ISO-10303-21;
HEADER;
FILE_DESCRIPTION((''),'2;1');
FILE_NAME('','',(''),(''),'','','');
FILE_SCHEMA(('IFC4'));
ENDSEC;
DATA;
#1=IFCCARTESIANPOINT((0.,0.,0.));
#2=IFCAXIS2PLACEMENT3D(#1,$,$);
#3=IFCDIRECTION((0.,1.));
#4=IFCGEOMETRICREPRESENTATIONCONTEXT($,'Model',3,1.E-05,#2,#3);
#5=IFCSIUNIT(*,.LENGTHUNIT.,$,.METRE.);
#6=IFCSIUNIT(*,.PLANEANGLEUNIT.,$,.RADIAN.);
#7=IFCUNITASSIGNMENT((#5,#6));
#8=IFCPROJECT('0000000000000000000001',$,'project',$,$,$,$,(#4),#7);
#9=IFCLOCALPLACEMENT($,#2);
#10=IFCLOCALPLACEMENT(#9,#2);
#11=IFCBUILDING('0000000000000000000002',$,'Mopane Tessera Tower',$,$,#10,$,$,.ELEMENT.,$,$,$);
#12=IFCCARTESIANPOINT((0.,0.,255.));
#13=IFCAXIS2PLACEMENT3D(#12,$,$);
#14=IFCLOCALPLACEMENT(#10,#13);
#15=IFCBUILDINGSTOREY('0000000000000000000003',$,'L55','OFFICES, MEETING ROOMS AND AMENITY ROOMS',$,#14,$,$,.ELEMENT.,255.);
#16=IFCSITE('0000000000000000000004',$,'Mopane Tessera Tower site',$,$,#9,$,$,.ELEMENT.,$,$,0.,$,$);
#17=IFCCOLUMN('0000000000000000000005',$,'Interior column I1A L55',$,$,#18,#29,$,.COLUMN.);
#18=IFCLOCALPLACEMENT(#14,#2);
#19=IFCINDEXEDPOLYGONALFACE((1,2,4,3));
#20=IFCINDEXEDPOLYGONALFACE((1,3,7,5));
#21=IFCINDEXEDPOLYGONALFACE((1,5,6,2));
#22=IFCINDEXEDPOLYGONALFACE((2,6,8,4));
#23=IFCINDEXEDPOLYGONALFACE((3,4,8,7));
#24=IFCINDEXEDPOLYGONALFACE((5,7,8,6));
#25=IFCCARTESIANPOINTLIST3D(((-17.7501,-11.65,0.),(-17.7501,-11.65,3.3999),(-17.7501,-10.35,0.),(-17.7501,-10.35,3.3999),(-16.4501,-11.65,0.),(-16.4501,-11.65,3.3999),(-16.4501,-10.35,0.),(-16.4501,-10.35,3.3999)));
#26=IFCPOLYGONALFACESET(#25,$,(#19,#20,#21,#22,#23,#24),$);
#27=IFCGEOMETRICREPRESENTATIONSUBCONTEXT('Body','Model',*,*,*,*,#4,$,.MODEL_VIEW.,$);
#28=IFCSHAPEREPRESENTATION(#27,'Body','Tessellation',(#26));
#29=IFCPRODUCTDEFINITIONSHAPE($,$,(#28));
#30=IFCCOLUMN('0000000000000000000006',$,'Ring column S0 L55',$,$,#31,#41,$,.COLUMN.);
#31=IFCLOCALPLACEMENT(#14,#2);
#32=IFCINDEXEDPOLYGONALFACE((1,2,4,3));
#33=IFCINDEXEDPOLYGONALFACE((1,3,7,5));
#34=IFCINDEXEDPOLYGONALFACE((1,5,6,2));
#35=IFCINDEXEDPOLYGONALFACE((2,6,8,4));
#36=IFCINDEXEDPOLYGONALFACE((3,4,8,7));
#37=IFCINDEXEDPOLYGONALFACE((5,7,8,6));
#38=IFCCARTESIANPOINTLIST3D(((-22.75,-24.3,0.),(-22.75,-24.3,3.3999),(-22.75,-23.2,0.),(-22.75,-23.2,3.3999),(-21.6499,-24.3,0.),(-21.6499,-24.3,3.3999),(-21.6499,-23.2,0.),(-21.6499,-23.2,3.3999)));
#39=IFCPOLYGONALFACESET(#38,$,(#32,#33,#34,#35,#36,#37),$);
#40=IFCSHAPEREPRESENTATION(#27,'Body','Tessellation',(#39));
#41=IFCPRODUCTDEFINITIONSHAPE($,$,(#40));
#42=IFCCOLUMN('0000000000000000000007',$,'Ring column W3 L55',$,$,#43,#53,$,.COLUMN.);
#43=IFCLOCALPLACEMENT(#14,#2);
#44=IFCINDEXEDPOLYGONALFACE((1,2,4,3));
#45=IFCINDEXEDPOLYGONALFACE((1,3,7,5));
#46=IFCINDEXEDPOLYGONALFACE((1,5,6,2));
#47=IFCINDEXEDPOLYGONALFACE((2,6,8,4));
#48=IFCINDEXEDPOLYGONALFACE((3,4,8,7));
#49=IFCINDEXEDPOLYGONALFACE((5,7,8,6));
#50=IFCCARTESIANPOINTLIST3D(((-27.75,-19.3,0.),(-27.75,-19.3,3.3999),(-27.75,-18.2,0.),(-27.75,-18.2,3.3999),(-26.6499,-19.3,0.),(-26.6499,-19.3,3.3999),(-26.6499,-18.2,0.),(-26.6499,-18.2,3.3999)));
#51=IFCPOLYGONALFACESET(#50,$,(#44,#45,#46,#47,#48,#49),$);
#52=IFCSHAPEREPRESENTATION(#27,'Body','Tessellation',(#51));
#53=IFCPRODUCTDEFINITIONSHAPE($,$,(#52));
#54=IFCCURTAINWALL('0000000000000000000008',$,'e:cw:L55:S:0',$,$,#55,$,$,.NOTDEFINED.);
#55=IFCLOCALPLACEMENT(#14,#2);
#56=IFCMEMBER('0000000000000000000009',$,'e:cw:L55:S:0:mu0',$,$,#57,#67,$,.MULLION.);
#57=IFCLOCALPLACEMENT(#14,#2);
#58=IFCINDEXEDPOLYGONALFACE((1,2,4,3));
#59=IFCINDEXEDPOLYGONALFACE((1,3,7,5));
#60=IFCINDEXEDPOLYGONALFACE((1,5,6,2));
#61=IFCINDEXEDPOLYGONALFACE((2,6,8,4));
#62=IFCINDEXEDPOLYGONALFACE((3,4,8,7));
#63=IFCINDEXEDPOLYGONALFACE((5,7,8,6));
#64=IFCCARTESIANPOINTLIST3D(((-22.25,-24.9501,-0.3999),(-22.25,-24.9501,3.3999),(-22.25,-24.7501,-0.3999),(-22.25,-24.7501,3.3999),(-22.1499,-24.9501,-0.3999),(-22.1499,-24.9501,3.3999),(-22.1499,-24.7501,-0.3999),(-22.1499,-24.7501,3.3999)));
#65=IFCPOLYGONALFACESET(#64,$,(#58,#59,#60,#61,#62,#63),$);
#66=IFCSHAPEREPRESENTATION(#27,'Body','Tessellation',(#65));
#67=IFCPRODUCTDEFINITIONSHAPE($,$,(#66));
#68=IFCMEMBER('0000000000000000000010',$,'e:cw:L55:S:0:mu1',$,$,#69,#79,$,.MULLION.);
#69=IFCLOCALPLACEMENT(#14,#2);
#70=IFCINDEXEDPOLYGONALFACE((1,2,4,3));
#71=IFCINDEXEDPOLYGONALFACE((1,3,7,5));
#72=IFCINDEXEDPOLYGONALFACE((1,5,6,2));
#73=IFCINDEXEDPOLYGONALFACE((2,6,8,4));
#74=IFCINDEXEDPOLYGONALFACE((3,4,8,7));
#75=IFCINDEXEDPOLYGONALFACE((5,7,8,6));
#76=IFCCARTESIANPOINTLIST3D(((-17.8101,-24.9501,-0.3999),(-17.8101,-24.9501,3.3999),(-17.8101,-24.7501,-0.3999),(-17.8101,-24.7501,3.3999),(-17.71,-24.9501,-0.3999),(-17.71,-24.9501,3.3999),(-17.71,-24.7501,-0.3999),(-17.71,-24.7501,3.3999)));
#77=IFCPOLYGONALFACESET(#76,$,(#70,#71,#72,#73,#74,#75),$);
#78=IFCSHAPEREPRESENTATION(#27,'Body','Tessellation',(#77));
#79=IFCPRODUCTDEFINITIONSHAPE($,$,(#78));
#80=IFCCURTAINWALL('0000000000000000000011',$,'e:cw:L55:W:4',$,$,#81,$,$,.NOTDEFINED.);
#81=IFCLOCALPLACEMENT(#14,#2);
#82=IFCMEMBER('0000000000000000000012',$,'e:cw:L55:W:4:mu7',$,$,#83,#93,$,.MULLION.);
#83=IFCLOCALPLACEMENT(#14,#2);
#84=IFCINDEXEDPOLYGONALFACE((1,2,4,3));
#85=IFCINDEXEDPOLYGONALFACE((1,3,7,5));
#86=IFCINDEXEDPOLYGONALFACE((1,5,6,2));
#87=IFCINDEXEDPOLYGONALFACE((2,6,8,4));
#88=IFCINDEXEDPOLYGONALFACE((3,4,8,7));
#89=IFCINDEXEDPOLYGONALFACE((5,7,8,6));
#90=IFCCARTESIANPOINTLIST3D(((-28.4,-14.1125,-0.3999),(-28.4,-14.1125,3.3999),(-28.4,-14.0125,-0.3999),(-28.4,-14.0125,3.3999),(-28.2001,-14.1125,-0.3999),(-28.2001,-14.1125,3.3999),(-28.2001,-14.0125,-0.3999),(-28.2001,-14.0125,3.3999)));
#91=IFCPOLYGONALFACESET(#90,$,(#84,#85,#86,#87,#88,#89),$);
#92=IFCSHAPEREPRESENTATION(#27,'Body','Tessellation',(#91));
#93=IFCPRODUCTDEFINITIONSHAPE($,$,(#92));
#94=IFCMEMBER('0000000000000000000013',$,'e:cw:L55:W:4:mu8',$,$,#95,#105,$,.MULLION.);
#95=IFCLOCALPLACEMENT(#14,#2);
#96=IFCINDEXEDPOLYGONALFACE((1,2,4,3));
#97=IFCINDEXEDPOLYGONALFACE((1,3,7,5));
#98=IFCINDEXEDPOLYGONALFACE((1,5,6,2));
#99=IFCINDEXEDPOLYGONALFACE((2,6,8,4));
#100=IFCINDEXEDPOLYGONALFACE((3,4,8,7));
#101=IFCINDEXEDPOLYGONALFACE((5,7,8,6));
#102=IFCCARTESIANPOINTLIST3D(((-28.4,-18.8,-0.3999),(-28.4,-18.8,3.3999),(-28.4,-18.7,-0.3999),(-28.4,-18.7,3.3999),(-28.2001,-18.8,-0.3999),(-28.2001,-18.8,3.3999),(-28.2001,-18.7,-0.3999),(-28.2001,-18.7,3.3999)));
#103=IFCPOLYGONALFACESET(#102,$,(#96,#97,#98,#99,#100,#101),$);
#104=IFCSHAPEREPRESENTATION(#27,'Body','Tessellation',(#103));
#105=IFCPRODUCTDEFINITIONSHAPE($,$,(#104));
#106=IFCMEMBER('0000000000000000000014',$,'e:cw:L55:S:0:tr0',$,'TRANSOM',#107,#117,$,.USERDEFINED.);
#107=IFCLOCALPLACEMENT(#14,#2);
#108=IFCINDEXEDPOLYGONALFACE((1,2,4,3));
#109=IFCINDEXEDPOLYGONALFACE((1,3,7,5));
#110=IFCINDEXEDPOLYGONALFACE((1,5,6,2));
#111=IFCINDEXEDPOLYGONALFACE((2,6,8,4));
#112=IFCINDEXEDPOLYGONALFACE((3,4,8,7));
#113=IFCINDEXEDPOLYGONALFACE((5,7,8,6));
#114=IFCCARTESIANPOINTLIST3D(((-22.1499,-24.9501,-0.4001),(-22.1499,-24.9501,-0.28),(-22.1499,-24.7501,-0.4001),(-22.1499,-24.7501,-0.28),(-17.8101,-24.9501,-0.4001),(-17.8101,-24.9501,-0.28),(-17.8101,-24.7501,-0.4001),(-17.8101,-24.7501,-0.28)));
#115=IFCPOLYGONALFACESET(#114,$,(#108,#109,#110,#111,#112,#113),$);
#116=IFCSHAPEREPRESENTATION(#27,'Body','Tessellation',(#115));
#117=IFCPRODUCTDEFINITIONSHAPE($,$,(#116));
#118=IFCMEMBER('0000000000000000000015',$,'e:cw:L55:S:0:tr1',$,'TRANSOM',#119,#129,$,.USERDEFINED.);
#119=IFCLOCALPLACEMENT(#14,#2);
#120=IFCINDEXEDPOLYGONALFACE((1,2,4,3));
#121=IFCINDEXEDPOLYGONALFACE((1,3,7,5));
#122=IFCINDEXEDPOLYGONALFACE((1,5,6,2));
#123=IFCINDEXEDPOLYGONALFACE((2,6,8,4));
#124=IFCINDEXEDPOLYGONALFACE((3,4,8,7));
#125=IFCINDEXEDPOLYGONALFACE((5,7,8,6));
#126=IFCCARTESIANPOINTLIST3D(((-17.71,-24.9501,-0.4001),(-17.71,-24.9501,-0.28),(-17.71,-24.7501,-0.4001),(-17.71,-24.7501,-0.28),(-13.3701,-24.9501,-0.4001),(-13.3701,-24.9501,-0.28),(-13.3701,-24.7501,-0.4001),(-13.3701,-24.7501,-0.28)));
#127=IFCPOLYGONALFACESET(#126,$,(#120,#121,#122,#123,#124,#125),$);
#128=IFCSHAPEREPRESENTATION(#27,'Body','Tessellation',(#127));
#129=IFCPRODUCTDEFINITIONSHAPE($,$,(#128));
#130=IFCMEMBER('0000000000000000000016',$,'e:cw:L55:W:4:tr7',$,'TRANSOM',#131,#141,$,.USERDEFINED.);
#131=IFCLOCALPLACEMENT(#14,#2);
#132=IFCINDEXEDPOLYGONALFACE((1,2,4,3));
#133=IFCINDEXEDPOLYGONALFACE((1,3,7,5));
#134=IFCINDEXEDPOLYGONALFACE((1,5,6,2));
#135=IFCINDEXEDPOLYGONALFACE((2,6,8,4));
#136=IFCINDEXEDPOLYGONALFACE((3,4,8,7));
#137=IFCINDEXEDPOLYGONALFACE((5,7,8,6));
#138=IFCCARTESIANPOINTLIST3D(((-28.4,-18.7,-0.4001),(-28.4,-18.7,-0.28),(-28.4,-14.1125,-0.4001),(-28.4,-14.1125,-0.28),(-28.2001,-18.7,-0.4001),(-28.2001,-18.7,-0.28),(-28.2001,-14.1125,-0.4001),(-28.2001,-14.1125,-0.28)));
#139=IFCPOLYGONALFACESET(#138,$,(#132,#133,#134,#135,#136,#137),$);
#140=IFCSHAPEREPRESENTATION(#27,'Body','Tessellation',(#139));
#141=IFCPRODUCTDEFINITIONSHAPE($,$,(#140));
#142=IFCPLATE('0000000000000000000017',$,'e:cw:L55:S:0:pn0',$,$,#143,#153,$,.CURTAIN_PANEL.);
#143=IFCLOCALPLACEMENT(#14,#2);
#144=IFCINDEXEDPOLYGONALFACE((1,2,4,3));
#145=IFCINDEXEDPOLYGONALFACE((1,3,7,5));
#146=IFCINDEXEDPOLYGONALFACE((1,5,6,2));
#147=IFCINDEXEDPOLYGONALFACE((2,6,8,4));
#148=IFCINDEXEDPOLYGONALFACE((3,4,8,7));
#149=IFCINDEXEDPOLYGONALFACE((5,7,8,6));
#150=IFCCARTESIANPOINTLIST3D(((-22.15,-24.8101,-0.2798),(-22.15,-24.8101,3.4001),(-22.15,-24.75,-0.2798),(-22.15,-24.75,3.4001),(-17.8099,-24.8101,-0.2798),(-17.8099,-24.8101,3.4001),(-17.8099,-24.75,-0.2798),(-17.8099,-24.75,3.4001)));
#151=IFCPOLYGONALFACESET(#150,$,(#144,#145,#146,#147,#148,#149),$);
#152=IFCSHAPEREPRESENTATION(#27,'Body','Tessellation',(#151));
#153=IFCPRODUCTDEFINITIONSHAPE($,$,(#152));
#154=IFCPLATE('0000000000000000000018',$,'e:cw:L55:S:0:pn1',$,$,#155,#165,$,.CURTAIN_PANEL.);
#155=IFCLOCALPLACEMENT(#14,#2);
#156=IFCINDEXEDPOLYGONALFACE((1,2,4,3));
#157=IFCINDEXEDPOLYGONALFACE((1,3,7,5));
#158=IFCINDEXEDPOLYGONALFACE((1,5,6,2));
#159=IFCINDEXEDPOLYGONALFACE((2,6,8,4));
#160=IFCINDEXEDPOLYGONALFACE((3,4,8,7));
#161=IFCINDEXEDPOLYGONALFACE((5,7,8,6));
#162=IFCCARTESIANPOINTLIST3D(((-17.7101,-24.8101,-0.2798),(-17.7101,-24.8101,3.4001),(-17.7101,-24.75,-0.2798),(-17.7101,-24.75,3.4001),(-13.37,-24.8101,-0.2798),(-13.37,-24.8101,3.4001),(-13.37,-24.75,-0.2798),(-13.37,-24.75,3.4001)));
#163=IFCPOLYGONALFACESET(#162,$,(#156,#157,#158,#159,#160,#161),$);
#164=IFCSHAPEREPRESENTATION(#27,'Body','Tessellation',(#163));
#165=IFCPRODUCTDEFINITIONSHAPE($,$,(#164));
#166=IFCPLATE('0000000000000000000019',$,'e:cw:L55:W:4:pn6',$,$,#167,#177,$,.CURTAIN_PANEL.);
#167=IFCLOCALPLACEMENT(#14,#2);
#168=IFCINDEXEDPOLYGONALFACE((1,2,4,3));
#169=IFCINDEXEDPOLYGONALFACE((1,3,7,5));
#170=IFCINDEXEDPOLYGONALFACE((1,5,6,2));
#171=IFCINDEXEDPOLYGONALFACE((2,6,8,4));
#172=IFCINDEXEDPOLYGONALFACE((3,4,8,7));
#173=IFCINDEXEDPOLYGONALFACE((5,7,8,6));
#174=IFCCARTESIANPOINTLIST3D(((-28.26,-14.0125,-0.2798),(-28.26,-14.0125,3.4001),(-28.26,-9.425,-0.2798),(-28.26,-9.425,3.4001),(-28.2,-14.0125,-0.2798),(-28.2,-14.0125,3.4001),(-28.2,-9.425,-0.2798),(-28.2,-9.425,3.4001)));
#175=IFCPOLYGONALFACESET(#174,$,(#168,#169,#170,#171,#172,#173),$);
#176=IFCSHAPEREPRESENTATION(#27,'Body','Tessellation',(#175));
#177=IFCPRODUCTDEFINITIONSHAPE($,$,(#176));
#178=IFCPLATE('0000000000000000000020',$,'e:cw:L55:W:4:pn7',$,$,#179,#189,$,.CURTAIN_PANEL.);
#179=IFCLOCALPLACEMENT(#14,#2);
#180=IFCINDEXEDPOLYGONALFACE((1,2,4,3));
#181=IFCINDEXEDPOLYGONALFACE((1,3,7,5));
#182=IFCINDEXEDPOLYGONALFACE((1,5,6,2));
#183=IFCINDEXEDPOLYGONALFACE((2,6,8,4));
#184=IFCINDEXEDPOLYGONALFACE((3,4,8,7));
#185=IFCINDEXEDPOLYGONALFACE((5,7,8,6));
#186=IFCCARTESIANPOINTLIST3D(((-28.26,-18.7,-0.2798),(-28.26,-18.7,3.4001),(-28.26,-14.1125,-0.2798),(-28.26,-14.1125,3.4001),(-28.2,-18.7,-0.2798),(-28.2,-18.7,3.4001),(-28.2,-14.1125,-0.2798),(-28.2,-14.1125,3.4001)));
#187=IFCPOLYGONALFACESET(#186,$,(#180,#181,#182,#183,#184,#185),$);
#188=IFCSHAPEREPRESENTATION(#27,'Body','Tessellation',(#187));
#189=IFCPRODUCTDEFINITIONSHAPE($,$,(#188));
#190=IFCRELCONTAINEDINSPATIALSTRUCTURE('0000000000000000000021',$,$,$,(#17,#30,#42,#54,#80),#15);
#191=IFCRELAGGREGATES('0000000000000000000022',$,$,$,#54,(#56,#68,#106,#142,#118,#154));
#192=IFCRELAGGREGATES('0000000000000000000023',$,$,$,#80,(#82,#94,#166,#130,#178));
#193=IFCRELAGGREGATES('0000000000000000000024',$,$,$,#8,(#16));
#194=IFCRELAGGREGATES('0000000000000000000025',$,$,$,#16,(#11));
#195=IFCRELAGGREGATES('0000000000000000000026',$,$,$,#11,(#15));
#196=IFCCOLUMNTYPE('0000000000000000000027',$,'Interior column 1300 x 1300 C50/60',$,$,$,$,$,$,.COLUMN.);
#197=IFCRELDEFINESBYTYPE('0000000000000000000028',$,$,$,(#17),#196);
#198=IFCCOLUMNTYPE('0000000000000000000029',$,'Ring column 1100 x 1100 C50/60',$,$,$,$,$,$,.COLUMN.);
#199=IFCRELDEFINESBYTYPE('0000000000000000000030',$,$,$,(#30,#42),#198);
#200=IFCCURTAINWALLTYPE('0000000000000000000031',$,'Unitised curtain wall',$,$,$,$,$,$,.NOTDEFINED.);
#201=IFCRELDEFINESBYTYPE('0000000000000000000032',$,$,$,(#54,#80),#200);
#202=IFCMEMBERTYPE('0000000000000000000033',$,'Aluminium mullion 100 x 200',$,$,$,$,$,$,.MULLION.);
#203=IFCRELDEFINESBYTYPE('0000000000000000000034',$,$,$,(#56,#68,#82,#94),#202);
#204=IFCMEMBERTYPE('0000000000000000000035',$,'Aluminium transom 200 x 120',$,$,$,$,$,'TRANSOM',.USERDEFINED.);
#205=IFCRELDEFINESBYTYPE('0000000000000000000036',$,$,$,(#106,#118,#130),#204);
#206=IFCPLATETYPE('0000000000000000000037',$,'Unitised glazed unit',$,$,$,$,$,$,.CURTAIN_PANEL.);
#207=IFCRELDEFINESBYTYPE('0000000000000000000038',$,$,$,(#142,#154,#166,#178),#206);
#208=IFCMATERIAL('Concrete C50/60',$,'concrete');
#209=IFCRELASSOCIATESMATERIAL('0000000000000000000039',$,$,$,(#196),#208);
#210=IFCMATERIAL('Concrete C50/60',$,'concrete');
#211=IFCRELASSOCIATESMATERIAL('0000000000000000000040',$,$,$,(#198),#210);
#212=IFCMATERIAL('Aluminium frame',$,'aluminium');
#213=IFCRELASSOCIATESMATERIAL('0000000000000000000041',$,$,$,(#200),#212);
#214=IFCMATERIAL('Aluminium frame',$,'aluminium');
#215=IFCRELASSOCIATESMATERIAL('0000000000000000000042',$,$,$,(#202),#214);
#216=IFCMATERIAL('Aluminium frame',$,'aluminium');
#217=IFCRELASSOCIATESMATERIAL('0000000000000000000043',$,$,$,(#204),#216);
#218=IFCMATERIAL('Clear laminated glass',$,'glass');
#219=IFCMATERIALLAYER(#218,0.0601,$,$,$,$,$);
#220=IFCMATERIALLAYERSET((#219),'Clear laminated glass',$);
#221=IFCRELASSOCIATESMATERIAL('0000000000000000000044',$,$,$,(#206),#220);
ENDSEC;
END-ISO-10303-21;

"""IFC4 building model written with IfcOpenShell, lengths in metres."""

from ifc_helpers import new_model, si_unit, direction, frame, origin, origin_2d, place, context, subcontext, project, spatial, rectangle, extrude, material, layer, layer_set, material_profile, profile_set, type_object, element, aggregate, save


model = new_model("IFC4")

# Units and contexts
model_context = context("Model", 3, precision=1e-05, world=origin(), true_north=direction((0.0, 1.0)))
body_context = subcontext(model_context, "Body", "Model", "MODEL_VIEW")
ifc_project = project(units=[si_unit("LENGTHUNIT", "METRE"), si_unit("PLANEANGLEUNIT", "RADIAN")], contexts=[model_context])

# Site, building, storey
site_placement = place(None, origin())
site = spatial("IfcSite", under=ifc_project, at=site_placement, Name="Mopane Tessera Tower site", CompositionType="ELEMENT", RefElevation=0.0)
building_placement = place(site_placement, origin())
building = spatial("IfcBuilding", under=site, at=building_placement, Name="Mopane Tessera Tower", CompositionType="ELEMENT")
storey_placement = place(building_placement, frame((0.0, 0.0, 255.0)))
storey = spatial("IfcBuildingStorey", under=building, at=storey_placement, Name="L55", Description="OFFICES, MEETING ROOMS AND AMENITY ROOMS", CompositionType="ELEMENT", Elevation=255.0)

# Columns
ifc_material_1 = material(Name="Concrete C50/60", Category="concrete")
ifc_material_profile_1 = material_profile(ifc_material_1, rectangle(XDim=1.3, YDim=1.3, at=origin_2d()))
ifc_profile_set_1 = profile_set([ifc_material_profile_1], Name="Concrete C50/60")
column_type_1 = type_object("IfcColumnType", Name="Interior column 1300 x 1300 C50/60", PredefinedType="COLUMN", material=ifc_profile_set_1)
column_placement = place(storey_placement, frame((-17.1001, -11.0, 0.0), z_axis=(0.0, 0.0, 1.0), x_axis=(1.0, 0.0, 0.0)))
element("IfcColumn", 1, at=column_placement, inside=storey, type_object=column_type_1, Name="Interior column I1A L55", PredefinedType="COLUMN", context=body_context, shape_type="SweptSolid", body=[
    extrude(rectangle(XDim=1.3, YDim=1.3, at=origin_2d()), origin(), (0.0, 0.0, 1.0), 3.3999),
])
ifc_material_2 = material(Name="Concrete C50/60", Category="concrete")
ifc_material_profile_2 = material_profile(ifc_material_2, rectangle(XDim=1.1001, YDim=1.1001, at=origin_2d()))
ifc_profile_set_2 = profile_set([ifc_material_profile_2], Name="Concrete C50/60")
column_type_2 = type_object("IfcColumnType", Name="Ring column 1100 x 1100 C50/60", PredefinedType="COLUMN", material=ifc_profile_set_2)
for number, where, z_axis, x_axis, name in (
    (2, (-22.2, -23.75, 0.0), (0.0, 0.0, 1.0), (1.0, 0.0, 0.0), "Ring column S0 L55"),
    (3, (-27.2, -18.75, 0.0), (0.0, 0.0, 1.0), (1.0, 0.0, 0.0), "Ring column W3 L55"),
):
    element("IfcColumn", number, at=place(storey_placement, frame(where, z_axis=z_axis, x_axis=x_axis)), inside=storey, type_object=column_type_2, Name=name, PredefinedType="COLUMN", context=body_context, shape_type="SweptSolid", body=[
        extrude(rectangle(XDim=1.1001, YDim=1.1001, at=origin_2d()), origin(), (0.0, 0.0, 1.0), 3.3999),
    ])

# Curtain walls, members
ifc_material_3 = material(Name="Aluminium frame", Category="aluminium")
curtain_wall_type = type_object("IfcCurtainWallType", Name="Unitised curtain wall", PredefinedType="NOTDEFINED", material=ifc_material_3)
curtain_wall_1_placement = place(storey_placement, origin())
curtain_wall_1 = element("IfcCurtainWall", 4, at=curtain_wall_1_placement, inside=storey, type_object=curtain_wall_type, Name="e:cw:L55:S:0", PredefinedType="NOTDEFINED")
ifc_material_4 = material(Name="Aluminium frame", Category="aluminium")
ifc_material_profile_3 = material_profile(ifc_material_4, rectangle(XDim=0.1001, YDim=0.2, at=origin_2d()))
ifc_profile_set_3 = profile_set([ifc_material_profile_3], Name="Aluminium frame")
member_type_1 = type_object("IfcMemberType", Name="Aluminium mullion 100 x 200", PredefinedType="MULLION", material=ifc_profile_set_3)
member_1_placement = place(storey_placement, frame((-22.2, -24.8501, -0.3999), z_axis=(0.0, 0.0, 1.0), x_axis=(1.0, 0.0, 0.0)))
member_1 = element("IfcMember", 5, at=member_1_placement, type_object=member_type_1, Name="e:cw:L55:S:0:mu0", PredefinedType="MULLION", context=body_context, shape_type="SweptSolid", body=[
    extrude(rectangle(XDim=0.1001, YDim=0.2, at=origin_2d()), origin(), (0.0, 0.0, 1.0), 3.7998),
])
member_2_placement = place(storey_placement, frame((-17.76, -24.8501, -0.3999), z_axis=(0.0, 0.0, 1.0), x_axis=(1.0, 0.0, 0.0)))
member_2 = element("IfcMember", 6, at=member_2_placement, type_object=member_type_1, Name="e:cw:L55:S:0:mu1", PredefinedType="MULLION", context=body_context, shape_type="SweptSolid", body=[
    extrude(rectangle(XDim=0.1001, YDim=0.2, at=origin_2d()), origin(), (0.0, 0.0, 1.0), 3.7998),
])
curtain_wall_2_placement = place(storey_placement, origin())
curtain_wall_2 = element("IfcCurtainWall", 7, at=curtain_wall_2_placement, inside=storey, type_object=curtain_wall_type, Name="e:cw:L55:W:4", PredefinedType="NOTDEFINED")
member_3_placement = place(storey_placement, frame((-28.3, -14.0625, -0.3999), z_axis=(0.0, 0.0, 1.0), x_axis=(0.0, -1.0, 0.0)))
member_3 = element("IfcMember", 8, at=member_3_placement, type_object=member_type_1, Name="e:cw:L55:W:4:mu7", PredefinedType="MULLION", context=body_context, shape_type="SweptSolid", body=[
    extrude(rectangle(XDim=0.1001, YDim=0.2, at=origin_2d()), origin(), (0.0, 0.0, 1.0), 3.7998),
])
member_4_placement = place(storey_placement, frame((-28.3, -18.75, -0.3999), z_axis=(0.0, 0.0, 1.0), x_axis=(0.0, -1.0, 0.0)))
member_4 = element("IfcMember", 9, at=member_4_placement, type_object=member_type_1, Name="e:cw:L55:W:4:mu8", PredefinedType="MULLION", context=body_context, shape_type="SweptSolid", body=[
    extrude(rectangle(XDim=0.1001, YDim=0.2, at=origin_2d()), origin(), (0.0, 0.0, 1.0), 3.7998),
])

# Members
ifc_material_5 = material(Name="Aluminium frame", Category="aluminium")
ifc_material_profile_4 = material_profile(ifc_material_5, rectangle(XDim=0.2, YDim=0.1201, at=origin_2d()))
ifc_profile_set_4 = profile_set([ifc_material_profile_4], Name="Aluminium frame")
member_type_2 = type_object("IfcMemberType", Name="Aluminium transom 200 x 120", ElementType="TRANSOM", PredefinedType="USERDEFINED", material=ifc_profile_set_4)
member_5_placement = place(storey_placement, frame((-22.1499, -24.8501, -0.3401), z_axis=(1.0, 0.0, 0.0), x_axis=(0.0, 1.0, 0.0)))
member_5 = element("IfcMember", 10, at=member_5_placement, type_object=member_type_2, Name="e:cw:L55:S:0:tr0", ObjectType="TRANSOM", PredefinedType="USERDEFINED", context=body_context, shape_type="SweptSolid", body=[
    extrude(rectangle(XDim=0.2, YDim=0.1201, at=origin_2d()), origin(), (0.0, 0.0, 1.0), 4.3398),
])
member_6_placement = place(storey_placement, frame((-17.71, -24.8501, -0.3401), z_axis=(1.0, 0.0, 0.0), x_axis=(0.0, 1.0, 0.0)))
member_6 = element("IfcMember", 11, at=member_6_placement, type_object=member_type_2, Name="e:cw:L55:S:0:tr1", ObjectType="TRANSOM", PredefinedType="USERDEFINED", context=body_context, shape_type="SweptSolid", body=[
    extrude(rectangle(XDim=0.2, YDim=0.1201, at=origin_2d()), origin(), (0.0, 0.0, 1.0), 4.3398),
])
member_7_placement = place(storey_placement, frame((-28.3, -14.1125, -0.3401), z_axis=(0.0, -1.0, 0.0), x_axis=(1.0, 0.0, 0.0)))
member_7 = element("IfcMember", 12, at=member_7_placement, type_object=member_type_2, Name="e:cw:L55:W:4:tr7", ObjectType="TRANSOM", PredefinedType="USERDEFINED", context=body_context, shape_type="SweptSolid", body=[
    extrude(rectangle(XDim=0.2, YDim=0.1201, at=origin_2d()), origin(), (0.0, 0.0, 1.0), 4.5874),
])

# Plates
ifc_material_6 = material(Name="Clear laminated glass", Category="glass")
ifc_layer = layer(ifc_material_6, 0.0601)
ifc_layer_set = layer_set([ifc_layer], Name="Clear laminated glass")
plate_type = type_object("IfcPlateType", Name="Unitised glazed unit", PredefinedType="CURTAIN_PANEL", material=ifc_layer_set)
plate_1_placement = place(storey_placement, frame((-19.98, -24.78, -0.2798), z_axis=(0.0, 0.0, 1.0), x_axis=(1.0, 0.0, 0.0)))
plate_1 = element("IfcPlate", 13, at=plate_1_placement, type_object=plate_type, Name="e:cw:L55:S:0:pn0", PredefinedType="CURTAIN_PANEL", context=body_context, shape_type="SweptSolid", body=[
    extrude(rectangle(XDim=4.3401, YDim=0.0601, at=origin_2d()), origin(), (0.0, 0.0, 1.0), 3.6799),
])
plate_2_placement = place(storey_placement, frame((-15.54, -24.78, -0.2798), z_axis=(0.0, 0.0, 1.0), x_axis=(1.0, 0.0, 0.0)))
plate_2 = element("IfcPlate", 14, at=plate_2_placement, type_object=plate_type, Name="e:cw:L55:S:0:pn1", PredefinedType="CURTAIN_PANEL", context=body_context, shape_type="SweptSolid", body=[
    extrude(rectangle(XDim=4.3401, YDim=0.0601, at=origin_2d()), origin(), (0.0, 0.0, 1.0), 3.6799),
])
aggregate(curtain_wall_1, [member_1, member_2, member_5, plate_1, member_6, plate_2])
plate_3_placement = place(storey_placement, frame((-28.23, -11.7188, -0.2798), z_axis=(0.0, 0.0, 1.0), x_axis=(0.0, -1.0, 0.0)))
plate_3 = element("IfcPlate", 15, at=plate_3_placement, type_object=plate_type, Name="e:cw:L55:W:4:pn6", PredefinedType="CURTAIN_PANEL", context=body_context, shape_type="SweptSolid", body=[
    extrude(rectangle(XDim=4.5874, YDim=0.0601, at=origin_2d()), origin(), (0.0, 0.0, 1.0), 3.6799),
])
plate_4_placement = place(storey_placement, frame((-28.23, -16.4062, -0.2798), z_axis=(0.0, 0.0, 1.0), x_axis=(0.0, -1.0, 0.0)))
plate_4 = element("IfcPlate", 16, at=plate_4_placement, type_object=plate_type, Name="e:cw:L55:W:4:pn7", PredefinedType="CURTAIN_PANEL", context=body_context, shape_type="SweptSolid", body=[
    extrude(rectangle(XDim=4.5874, YDim=0.0601, at=origin_2d()), origin(), (0.0, 0.0, 1.0), 3.6799),
])
aggregate(curtain_wall_2, [member_3, member_4, plate_3, member_7, plate_4])

save(model, "model.ifc")
